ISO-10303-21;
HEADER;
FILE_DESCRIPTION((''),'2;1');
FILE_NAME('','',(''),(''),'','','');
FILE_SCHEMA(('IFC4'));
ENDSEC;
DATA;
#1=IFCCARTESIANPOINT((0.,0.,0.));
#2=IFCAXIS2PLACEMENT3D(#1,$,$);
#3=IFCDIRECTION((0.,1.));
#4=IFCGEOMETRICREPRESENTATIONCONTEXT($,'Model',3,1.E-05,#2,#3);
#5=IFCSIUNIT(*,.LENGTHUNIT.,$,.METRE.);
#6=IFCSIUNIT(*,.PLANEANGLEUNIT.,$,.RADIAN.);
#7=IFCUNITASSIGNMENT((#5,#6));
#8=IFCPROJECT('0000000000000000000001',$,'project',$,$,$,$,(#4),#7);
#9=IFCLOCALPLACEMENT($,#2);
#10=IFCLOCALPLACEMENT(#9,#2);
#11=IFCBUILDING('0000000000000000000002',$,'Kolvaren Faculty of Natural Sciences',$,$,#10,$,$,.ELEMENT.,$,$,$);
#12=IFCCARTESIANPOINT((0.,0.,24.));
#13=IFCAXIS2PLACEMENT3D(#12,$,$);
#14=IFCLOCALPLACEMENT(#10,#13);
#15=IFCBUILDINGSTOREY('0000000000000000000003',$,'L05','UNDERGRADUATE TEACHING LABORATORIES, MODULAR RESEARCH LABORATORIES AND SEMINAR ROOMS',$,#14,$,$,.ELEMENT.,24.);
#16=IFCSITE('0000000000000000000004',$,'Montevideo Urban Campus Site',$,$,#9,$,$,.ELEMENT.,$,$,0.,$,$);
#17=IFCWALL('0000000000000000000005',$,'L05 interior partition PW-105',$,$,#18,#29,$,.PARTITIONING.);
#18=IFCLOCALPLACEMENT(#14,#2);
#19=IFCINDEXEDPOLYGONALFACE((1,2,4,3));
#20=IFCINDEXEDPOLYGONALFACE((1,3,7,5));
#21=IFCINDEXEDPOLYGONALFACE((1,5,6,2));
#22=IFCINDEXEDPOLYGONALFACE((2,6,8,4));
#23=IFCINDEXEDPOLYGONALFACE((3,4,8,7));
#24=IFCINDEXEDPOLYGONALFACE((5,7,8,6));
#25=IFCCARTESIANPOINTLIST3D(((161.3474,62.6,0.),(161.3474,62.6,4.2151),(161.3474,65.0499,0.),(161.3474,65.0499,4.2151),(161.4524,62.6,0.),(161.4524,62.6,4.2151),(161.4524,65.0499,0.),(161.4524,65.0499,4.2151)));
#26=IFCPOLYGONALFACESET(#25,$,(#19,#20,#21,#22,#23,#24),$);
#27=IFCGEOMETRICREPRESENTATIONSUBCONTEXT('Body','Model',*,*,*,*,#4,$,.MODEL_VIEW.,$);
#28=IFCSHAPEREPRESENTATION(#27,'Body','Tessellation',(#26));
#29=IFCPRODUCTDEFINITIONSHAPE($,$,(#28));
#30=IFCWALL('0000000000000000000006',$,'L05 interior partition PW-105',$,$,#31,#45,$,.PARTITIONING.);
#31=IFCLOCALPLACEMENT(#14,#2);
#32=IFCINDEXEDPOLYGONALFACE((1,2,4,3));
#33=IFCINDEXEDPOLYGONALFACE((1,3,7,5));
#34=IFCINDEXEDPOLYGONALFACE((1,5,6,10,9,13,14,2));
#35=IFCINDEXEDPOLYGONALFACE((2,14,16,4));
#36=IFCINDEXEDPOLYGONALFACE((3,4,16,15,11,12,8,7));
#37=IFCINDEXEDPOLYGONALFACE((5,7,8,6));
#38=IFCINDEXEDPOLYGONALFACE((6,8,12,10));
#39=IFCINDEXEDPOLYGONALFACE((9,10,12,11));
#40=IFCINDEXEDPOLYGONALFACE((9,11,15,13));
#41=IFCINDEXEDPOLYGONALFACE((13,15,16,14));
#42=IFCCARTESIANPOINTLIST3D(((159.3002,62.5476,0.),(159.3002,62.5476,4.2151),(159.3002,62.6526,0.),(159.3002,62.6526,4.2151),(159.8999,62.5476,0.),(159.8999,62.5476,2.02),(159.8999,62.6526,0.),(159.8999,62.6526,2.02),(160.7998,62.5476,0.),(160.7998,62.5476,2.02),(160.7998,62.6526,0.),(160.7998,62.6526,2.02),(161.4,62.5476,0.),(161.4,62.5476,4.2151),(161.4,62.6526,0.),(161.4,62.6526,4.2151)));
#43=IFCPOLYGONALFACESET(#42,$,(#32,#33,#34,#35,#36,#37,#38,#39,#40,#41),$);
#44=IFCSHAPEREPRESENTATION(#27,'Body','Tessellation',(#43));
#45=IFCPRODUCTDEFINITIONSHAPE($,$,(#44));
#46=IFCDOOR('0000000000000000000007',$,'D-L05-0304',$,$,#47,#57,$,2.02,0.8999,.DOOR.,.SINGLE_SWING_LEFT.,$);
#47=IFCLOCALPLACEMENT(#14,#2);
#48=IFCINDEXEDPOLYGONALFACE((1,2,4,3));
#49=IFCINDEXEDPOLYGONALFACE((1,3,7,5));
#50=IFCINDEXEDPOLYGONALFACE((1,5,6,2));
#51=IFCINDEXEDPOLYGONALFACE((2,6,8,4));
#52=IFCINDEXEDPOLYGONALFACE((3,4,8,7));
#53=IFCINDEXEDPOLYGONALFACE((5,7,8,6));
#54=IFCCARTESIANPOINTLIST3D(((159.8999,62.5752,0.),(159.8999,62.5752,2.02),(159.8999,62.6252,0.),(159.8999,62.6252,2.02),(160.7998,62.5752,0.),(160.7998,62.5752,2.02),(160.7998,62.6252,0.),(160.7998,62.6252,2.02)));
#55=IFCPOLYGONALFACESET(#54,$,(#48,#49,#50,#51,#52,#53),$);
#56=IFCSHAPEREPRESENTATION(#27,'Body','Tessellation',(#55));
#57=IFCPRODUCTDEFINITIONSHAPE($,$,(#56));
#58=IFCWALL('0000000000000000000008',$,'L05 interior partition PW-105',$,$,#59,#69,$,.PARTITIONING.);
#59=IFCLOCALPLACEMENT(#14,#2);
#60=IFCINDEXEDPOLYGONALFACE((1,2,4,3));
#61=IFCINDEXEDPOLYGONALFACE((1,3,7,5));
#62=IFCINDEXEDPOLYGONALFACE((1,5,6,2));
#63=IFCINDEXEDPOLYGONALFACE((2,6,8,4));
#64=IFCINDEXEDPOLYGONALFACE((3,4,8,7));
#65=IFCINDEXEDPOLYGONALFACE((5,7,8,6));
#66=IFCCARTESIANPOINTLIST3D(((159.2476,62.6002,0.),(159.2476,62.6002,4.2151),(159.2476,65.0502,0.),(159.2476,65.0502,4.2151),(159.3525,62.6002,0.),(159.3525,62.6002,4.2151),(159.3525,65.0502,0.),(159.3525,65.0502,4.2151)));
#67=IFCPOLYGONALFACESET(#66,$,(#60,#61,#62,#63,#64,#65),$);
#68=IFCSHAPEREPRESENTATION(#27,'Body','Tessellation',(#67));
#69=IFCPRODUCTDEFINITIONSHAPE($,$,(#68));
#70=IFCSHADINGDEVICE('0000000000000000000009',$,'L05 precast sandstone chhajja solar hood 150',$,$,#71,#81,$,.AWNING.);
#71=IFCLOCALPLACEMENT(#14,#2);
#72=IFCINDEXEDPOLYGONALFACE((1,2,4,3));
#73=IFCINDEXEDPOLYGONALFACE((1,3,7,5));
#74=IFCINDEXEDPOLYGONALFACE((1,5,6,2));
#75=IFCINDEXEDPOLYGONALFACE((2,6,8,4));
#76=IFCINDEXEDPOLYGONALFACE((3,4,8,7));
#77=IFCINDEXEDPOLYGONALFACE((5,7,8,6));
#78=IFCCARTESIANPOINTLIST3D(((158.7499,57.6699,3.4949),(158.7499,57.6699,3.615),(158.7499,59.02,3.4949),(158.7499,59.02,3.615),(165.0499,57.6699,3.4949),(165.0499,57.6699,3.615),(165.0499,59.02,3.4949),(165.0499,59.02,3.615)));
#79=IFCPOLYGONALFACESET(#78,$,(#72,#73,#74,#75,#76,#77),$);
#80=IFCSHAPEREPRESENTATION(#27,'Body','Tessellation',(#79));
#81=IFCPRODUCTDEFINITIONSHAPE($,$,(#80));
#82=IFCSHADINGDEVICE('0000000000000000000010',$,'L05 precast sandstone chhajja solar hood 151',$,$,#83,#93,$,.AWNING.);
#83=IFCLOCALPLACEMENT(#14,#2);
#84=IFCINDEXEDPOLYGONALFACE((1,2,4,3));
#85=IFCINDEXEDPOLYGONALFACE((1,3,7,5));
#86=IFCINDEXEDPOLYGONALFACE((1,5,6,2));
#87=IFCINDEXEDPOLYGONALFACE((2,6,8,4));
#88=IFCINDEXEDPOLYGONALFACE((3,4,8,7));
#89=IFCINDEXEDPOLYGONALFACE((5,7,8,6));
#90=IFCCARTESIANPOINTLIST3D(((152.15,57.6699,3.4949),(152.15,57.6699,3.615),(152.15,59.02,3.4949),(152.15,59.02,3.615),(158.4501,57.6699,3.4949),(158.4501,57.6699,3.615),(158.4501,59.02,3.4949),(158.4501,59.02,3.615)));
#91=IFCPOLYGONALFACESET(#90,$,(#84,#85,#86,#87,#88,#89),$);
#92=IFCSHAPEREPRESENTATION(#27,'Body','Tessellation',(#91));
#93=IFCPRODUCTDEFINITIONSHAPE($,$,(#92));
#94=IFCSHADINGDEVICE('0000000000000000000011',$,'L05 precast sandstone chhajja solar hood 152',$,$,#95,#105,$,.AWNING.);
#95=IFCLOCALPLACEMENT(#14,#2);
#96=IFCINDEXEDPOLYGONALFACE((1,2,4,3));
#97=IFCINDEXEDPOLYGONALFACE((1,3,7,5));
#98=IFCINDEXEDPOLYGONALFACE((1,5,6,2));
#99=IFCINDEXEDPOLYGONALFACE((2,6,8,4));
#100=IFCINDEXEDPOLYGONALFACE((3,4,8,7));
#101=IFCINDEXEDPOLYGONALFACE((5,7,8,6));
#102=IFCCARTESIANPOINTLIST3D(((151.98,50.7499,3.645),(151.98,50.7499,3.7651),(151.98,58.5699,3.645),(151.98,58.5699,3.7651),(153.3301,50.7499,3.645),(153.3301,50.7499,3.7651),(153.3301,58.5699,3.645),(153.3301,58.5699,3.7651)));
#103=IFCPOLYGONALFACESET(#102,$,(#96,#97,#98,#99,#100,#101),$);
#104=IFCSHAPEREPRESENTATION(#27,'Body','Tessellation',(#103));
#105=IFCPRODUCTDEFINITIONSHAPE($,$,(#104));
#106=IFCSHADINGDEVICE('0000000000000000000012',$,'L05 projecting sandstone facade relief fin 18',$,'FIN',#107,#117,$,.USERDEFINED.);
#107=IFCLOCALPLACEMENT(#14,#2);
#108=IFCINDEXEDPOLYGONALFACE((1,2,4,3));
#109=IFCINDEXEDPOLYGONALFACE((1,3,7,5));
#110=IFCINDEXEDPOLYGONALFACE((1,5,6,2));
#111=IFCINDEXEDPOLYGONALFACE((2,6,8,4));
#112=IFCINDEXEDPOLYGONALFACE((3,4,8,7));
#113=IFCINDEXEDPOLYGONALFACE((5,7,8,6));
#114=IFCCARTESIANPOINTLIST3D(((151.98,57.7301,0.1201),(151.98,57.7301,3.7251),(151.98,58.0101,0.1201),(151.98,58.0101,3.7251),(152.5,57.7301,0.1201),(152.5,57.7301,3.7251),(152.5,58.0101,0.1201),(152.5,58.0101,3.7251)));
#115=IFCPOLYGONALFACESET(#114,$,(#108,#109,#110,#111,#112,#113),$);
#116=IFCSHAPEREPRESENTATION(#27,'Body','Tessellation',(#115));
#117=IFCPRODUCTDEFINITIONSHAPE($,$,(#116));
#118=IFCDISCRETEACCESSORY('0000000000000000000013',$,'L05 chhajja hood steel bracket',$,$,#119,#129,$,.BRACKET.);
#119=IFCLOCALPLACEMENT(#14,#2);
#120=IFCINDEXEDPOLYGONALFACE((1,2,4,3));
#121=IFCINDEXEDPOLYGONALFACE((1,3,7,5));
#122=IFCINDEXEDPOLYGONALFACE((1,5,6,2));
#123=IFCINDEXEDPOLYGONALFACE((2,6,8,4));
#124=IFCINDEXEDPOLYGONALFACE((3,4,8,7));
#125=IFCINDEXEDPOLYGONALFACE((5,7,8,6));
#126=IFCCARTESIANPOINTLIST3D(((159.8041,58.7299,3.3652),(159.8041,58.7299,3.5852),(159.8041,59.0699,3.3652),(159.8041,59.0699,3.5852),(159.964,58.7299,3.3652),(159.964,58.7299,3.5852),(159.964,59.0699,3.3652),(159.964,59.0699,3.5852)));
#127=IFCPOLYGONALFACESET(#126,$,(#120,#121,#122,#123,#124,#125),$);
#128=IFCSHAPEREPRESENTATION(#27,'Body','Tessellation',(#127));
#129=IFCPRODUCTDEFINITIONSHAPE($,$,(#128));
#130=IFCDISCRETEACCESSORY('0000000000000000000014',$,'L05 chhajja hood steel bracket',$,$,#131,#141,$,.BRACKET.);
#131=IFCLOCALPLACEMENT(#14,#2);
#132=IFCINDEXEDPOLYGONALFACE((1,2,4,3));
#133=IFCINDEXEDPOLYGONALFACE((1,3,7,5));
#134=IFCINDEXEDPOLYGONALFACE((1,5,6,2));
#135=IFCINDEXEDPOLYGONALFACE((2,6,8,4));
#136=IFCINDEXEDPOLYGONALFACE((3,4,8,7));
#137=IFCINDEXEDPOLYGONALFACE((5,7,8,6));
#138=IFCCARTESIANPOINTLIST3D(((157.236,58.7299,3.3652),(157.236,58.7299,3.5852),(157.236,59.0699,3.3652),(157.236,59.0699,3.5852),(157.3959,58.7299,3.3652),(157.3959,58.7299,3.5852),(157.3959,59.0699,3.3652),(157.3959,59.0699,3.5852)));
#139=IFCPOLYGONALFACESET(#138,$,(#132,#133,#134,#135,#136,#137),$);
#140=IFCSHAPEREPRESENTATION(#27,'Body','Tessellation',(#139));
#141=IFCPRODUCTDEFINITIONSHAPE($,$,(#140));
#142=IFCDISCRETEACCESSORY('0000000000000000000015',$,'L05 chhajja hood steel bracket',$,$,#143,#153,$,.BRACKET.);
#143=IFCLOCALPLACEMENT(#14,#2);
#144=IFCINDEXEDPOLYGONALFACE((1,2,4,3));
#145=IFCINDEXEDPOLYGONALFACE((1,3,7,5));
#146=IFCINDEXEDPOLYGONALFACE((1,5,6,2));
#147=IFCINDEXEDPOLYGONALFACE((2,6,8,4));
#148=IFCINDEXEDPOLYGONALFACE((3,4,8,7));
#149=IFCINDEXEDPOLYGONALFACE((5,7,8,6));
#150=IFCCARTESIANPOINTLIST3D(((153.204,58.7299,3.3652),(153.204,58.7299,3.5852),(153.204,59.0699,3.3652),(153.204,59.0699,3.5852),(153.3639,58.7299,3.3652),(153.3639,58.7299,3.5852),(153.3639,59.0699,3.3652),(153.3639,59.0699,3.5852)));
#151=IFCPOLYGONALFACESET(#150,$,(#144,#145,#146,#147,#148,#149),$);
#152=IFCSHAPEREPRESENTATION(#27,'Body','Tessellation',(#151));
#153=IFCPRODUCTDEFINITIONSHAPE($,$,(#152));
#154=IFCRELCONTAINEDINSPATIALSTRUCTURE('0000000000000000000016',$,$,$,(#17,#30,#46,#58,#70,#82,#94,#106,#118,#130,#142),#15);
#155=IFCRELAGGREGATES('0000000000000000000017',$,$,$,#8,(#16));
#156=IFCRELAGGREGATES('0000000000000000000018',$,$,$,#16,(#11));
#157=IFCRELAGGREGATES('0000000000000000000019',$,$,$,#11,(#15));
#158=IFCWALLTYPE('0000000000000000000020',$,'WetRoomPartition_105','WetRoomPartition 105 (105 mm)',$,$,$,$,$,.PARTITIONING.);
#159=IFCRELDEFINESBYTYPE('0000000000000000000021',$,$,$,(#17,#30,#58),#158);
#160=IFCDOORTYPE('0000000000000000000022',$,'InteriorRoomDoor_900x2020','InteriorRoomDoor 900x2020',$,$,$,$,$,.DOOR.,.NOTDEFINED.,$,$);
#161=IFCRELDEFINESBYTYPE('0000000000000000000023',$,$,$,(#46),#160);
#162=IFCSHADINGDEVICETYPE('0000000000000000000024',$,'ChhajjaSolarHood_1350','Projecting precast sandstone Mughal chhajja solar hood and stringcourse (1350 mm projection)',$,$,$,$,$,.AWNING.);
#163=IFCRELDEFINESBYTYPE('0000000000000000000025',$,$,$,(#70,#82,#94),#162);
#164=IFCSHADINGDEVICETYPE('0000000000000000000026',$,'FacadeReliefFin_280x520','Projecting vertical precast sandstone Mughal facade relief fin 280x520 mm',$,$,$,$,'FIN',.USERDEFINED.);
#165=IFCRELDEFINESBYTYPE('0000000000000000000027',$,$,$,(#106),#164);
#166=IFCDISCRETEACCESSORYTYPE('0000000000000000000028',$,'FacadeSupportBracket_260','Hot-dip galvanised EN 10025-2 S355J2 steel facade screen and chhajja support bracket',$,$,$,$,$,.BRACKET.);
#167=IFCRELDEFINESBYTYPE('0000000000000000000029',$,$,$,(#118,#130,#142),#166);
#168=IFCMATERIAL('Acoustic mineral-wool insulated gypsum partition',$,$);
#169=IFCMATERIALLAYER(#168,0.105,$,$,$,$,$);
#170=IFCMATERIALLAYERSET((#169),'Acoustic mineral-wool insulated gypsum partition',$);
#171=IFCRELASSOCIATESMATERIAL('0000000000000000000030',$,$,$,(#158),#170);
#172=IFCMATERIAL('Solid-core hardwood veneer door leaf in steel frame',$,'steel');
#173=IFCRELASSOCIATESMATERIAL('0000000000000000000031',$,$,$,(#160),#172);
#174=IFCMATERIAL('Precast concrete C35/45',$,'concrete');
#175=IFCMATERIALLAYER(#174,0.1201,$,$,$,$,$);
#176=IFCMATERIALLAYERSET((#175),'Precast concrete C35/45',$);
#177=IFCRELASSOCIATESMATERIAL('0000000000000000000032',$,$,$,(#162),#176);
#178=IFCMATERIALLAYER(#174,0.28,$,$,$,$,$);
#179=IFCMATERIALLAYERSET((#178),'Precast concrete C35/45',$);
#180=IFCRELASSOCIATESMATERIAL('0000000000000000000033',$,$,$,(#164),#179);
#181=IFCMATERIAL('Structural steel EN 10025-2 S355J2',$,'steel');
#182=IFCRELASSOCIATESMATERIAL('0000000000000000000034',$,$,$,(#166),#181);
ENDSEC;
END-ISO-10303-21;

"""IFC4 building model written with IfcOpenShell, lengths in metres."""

from ifc_helpers import new_model, si_unit, direction, frame, frame_2d, origin, origin_2d, place, context, subcontext, project, spatial, rectangle, extrude, material, layer, layer_set, type_object, element, fill, save


model = new_model("IFC4")

# Units and contexts
model_context = context("Model", 3, precision=1e-05, world=origin(), true_north=direction((0.0, 1.0)))
body_context = subcontext(model_context, "Body", "Model", "MODEL_VIEW")
ifc_project = project(units=[si_unit("LENGTHUNIT", "METRE"), si_unit("PLANEANGLEUNIT", "RADIAN")], contexts=[model_context])

# Site, building, storey
site_placement = place(None, origin())
site = spatial("IfcSite", under=ifc_project, at=site_placement, Name="Montevideo Urban Campus Site", CompositionType="ELEMENT", RefElevation=0.0)
building_placement = place(site_placement, origin())
building = spatial("IfcBuilding", under=site, at=building_placement, Name="Kolvaren Faculty of Natural Sciences", CompositionType="ELEMENT")
storey_placement = place(building_placement, frame((0.0, 0.0, 24.0)))
storey = spatial("IfcBuildingStorey", under=building, at=storey_placement, Name="L05", Description="UNDERGRADUATE TEACHING LABORATORIES, MODULAR RESEARCH LABORATORIES AND SEMINAR ROOMS", CompositionType="ELEMENT", Elevation=24.0)

# Shared definitions
ifc_material_1 = material(Name="Precast concrete C35/45", Category="concrete")

# Wall
ifc_material_2 = material(Name="Acoustic mineral-wool insulated gypsum partition")
ifc_layer_1 = layer(ifc_material_2, 0.105)
ifc_layer_set_1 = layer_set([ifc_layer_1], Name="Acoustic mineral-wool insulated gypsum partition")
wall_type_1 = type_object("IfcWallType", Name="WetRoomPartition_105", Description="WetRoomPartition 105 (105 mm)", PredefinedType="PARTITIONING", material=ifc_layer_set_1)
wall_1_placement = place(storey_placement, frame((161.3999, 65.05, 0.0), z_axis=(0.0, 0.0, 1.0), x_axis=(0.0, -1.0, 0.0)))
element("IfcWall", 1, at=wall_1_placement, inside=storey, type_object=wall_type_1, Name="L05 interior partition PW-105", PredefinedType="PARTITIONING", context=body_context, shape_type="SweptSolid", body=[
    extrude(rectangle(XDim=2.45, YDim=0.105, at=frame_2d((1.2251, 0.0))), origin(), (0.0, 0.0, 1.0), 4.2151),
])

# Wall, opening, door
wall_2_placement = place(storey_placement, frame((161.3999, 62.6001, 0.0), z_axis=(0.0, 0.0, 1.0), x_axis=(-1.0, 0.0, 0.0)))
wall_2 = element("IfcWall", 2, at=wall_2_placement, inside=storey, type_object=wall_type_1, Name="L05 interior partition PW-105", PredefinedType="PARTITIONING", context=body_context, shape_type="SweptSolid", body=[
    extrude(rectangle(XDim=2.0999, YDim=0.105, at=frame_2d((1.0498, 0.0))), origin(), (0.0, 0.0, 1.0), 4.2151),
])
opening_1_placement = place(wall_2_placement, frame((0.6001, 0.0, 0.0)))
opening_1 = element("IfcOpeningElement", 3, at=opening_1_placement, cuts=wall_2, PredefinedType="OPENING", context=body_context, shape_type="SweptSolid", body=[
    extrude(rectangle(XDim=0.8999, YDim=2.02, at=frame_2d((0.45, 1.01))), frame((0.0, 0.0625, 0.0), z_axis=(0.0, -1.0, 0.0), x_axis=(1.0, 0.0, 0.0)), (0.0, 0.0, 1.0), 0.125),
])
ifc_material_3 = material(Name="Solid-core hardwood veneer door leaf in steel frame", Category="steel")
door_type_1 = type_object("IfcDoorType", Name="InteriorRoomDoor_900x2020", Description="InteriorRoomDoor 900x2020", OperationType="NOTDEFINED", PredefinedType="DOOR", material=ifc_material_3)
door_1_placement = place(opening_1_placement, origin())
door_1 = element("IfcDoor", 4, at=door_1_placement, inside=storey, type_object=door_type_1, Name="D-L05-0304", OperationType="SINGLE_SWING_LEFT", OverallHeight=2.02, OverallWidth=0.8999, PredefinedType="DOOR", context=body_context, shape_type="SweptSolid", body=[
    extrude(rectangle(XDim=0.8999, YDim=2.02, at=frame_2d((0.45, 1.01))), frame((0.0, 0.0249, 0.0), z_axis=(0.0, -1.0, 0.0), x_axis=(1.0, 0.0, 0.0)), (0.0, 0.0, 1.0), 0.05),
])
fill(opening_1, door_1)

# Wall
wall_3_placement = place(storey_placement, frame((159.3, 62.6001, 0.0), z_axis=(0.0, 0.0, 1.0), x_axis=(0.0, 1.0, 0.0)))
element("IfcWall", 5, at=wall_3_placement, inside=storey, type_object=wall_type_1, Name="L05 interior partition PW-105", PredefinedType="PARTITIONING", context=body_context, shape_type="SweptSolid", body=[
    extrude(rectangle(XDim=2.45, YDim=0.105, at=frame_2d((1.2251, 0.0))), origin(), (0.0, 0.0, 1.0), 4.2151),
])

# Shading devices
ifc_layer_2 = layer(ifc_material_1, 0.1201)
ifc_layer_set_2 = layer_set([ifc_layer_2], Name="Precast concrete C35/45")
shading_device_type_1 = type_object("IfcShadingDeviceType", Name="ChhajjaSolarHood_1350", Description="Projecting precast sandstone Mughal chhajja solar hood and stringcourse (1350 mm projection)", PredefinedType="AWNING", material=ifc_layer_set_2)
for number, where, z_axis, x_axis, name in (
    (6, (161.8999, 58.345, 3.4949), (0.0, 0.0, 1.0), (-1.0, 0.0, 0.0), "L05 precast sandstone chhajja solar hood 150"),
    (7, (155.3, 58.345, 3.4949), (0.0, 0.0, 1.0), (-1.0, 0.0, 0.0), "L05 precast sandstone chhajja solar hood 151"),
):
    element("IfcShadingDevice", number, at=place(storey_placement, frame(where, z_axis=z_axis, x_axis=x_axis)), inside=storey, type_object=shading_device_type_1, Name=name, PredefinedType="AWNING", context=body_context, shape_type="SweptSolid", body=[
        extrude(rectangle(XDim=6.3, YDim=1.3501, at=origin_2d()), origin(), (0.0, 0.0, 1.0), 0.1201),
    ])
shading_device_1_placement = place(storey_placement, frame((152.655, 54.6599, 3.645), z_axis=(0.0, 0.0, 1.0), x_axis=(0.0, -1.0, 0.0)))
element("IfcShadingDevice", 8, at=shading_device_1_placement, inside=storey, type_object=shading_device_type_1, Name="L05 precast sandstone chhajja solar hood 152", PredefinedType="AWNING", context=body_context, shape_type="SweptSolid", body=[
    extrude(rectangle(XDim=7.8201, YDim=1.3501, at=origin_2d()), origin(), (0.0, 0.0, 1.0), 0.1201),
])
ifc_layer_3 = layer(ifc_material_1, 0.28)
ifc_layer_set_3 = layer_set([ifc_layer_3], Name="Precast concrete C35/45")
shading_device_type_2 = type_object("IfcShadingDeviceType", Name="FacadeReliefFin_280x520", Description="Projecting vertical precast sandstone Mughal facade relief fin 280x520 mm", ElementType="FIN", PredefinedType="USERDEFINED", material=ifc_layer_set_3)
shading_device_2_placement = place(storey_placement, frame((152.24, 57.8701, 0.1201), z_axis=(0.0, 0.0, 1.0), x_axis=(0.0, -1.0, 0.0)))
element("IfcShadingDevice", 9, at=shading_device_2_placement, inside=storey, type_object=shading_device_type_2, Name="L05 projecting sandstone facade relief fin 18", ObjectType="FIN", PredefinedType="USERDEFINED", context=body_context, shape_type="SweptSolid", body=[
    extrude(rectangle(XDim=0.28, YDim=0.52, at=origin_2d()), origin(), (0.0, 0.0, 1.0), 3.605),
])

# Discrete accessories
ifc_material_4 = material(Name="Structural steel EN 10025-2 S355J2", Category="steel")
discrete_accessory_type = type_object("IfcDiscreteAccessoryType", Name="FacadeSupportBracket_260", Description="Hot-dip galvanised EN 10025-2 S355J2 steel facade screen and chhajja support bracket", PredefinedType="BRACKET", material=ifc_material_4)
for number, where, z_axis, x_axis, name in (
    (10, (159.884, 58.8999, 3.3652), (0.0, 0.0, 1.0), (-1.0, 0.0, 0.0), "L05 chhajja hood steel bracket"),
    (11, (157.3159, 58.8999, 3.3652), (0.0, 0.0, 1.0), (-1.0, 0.0, 0.0), "L05 chhajja hood steel bracket"),
    (12, (153.2839, 58.8999, 3.3652), (0.0, 0.0, 1.0), (-1.0, 0.0, 0.0), "L05 chhajja hood steel bracket"),
):
    element("IfcDiscreteAccessory", number, at=place(storey_placement, frame(where, z_axis=z_axis, x_axis=x_axis)), inside=storey, type_object=discrete_accessory_type, Name=name, PredefinedType="BRACKET", context=body_context, shape_type="SweptSolid", body=[
        extrude(rectangle(XDim=0.1599, YDim=0.3401, at=origin_2d()), origin(), (0.0, 0.0, 1.0), 0.22),
    ])

save(model, "model.ifc")
